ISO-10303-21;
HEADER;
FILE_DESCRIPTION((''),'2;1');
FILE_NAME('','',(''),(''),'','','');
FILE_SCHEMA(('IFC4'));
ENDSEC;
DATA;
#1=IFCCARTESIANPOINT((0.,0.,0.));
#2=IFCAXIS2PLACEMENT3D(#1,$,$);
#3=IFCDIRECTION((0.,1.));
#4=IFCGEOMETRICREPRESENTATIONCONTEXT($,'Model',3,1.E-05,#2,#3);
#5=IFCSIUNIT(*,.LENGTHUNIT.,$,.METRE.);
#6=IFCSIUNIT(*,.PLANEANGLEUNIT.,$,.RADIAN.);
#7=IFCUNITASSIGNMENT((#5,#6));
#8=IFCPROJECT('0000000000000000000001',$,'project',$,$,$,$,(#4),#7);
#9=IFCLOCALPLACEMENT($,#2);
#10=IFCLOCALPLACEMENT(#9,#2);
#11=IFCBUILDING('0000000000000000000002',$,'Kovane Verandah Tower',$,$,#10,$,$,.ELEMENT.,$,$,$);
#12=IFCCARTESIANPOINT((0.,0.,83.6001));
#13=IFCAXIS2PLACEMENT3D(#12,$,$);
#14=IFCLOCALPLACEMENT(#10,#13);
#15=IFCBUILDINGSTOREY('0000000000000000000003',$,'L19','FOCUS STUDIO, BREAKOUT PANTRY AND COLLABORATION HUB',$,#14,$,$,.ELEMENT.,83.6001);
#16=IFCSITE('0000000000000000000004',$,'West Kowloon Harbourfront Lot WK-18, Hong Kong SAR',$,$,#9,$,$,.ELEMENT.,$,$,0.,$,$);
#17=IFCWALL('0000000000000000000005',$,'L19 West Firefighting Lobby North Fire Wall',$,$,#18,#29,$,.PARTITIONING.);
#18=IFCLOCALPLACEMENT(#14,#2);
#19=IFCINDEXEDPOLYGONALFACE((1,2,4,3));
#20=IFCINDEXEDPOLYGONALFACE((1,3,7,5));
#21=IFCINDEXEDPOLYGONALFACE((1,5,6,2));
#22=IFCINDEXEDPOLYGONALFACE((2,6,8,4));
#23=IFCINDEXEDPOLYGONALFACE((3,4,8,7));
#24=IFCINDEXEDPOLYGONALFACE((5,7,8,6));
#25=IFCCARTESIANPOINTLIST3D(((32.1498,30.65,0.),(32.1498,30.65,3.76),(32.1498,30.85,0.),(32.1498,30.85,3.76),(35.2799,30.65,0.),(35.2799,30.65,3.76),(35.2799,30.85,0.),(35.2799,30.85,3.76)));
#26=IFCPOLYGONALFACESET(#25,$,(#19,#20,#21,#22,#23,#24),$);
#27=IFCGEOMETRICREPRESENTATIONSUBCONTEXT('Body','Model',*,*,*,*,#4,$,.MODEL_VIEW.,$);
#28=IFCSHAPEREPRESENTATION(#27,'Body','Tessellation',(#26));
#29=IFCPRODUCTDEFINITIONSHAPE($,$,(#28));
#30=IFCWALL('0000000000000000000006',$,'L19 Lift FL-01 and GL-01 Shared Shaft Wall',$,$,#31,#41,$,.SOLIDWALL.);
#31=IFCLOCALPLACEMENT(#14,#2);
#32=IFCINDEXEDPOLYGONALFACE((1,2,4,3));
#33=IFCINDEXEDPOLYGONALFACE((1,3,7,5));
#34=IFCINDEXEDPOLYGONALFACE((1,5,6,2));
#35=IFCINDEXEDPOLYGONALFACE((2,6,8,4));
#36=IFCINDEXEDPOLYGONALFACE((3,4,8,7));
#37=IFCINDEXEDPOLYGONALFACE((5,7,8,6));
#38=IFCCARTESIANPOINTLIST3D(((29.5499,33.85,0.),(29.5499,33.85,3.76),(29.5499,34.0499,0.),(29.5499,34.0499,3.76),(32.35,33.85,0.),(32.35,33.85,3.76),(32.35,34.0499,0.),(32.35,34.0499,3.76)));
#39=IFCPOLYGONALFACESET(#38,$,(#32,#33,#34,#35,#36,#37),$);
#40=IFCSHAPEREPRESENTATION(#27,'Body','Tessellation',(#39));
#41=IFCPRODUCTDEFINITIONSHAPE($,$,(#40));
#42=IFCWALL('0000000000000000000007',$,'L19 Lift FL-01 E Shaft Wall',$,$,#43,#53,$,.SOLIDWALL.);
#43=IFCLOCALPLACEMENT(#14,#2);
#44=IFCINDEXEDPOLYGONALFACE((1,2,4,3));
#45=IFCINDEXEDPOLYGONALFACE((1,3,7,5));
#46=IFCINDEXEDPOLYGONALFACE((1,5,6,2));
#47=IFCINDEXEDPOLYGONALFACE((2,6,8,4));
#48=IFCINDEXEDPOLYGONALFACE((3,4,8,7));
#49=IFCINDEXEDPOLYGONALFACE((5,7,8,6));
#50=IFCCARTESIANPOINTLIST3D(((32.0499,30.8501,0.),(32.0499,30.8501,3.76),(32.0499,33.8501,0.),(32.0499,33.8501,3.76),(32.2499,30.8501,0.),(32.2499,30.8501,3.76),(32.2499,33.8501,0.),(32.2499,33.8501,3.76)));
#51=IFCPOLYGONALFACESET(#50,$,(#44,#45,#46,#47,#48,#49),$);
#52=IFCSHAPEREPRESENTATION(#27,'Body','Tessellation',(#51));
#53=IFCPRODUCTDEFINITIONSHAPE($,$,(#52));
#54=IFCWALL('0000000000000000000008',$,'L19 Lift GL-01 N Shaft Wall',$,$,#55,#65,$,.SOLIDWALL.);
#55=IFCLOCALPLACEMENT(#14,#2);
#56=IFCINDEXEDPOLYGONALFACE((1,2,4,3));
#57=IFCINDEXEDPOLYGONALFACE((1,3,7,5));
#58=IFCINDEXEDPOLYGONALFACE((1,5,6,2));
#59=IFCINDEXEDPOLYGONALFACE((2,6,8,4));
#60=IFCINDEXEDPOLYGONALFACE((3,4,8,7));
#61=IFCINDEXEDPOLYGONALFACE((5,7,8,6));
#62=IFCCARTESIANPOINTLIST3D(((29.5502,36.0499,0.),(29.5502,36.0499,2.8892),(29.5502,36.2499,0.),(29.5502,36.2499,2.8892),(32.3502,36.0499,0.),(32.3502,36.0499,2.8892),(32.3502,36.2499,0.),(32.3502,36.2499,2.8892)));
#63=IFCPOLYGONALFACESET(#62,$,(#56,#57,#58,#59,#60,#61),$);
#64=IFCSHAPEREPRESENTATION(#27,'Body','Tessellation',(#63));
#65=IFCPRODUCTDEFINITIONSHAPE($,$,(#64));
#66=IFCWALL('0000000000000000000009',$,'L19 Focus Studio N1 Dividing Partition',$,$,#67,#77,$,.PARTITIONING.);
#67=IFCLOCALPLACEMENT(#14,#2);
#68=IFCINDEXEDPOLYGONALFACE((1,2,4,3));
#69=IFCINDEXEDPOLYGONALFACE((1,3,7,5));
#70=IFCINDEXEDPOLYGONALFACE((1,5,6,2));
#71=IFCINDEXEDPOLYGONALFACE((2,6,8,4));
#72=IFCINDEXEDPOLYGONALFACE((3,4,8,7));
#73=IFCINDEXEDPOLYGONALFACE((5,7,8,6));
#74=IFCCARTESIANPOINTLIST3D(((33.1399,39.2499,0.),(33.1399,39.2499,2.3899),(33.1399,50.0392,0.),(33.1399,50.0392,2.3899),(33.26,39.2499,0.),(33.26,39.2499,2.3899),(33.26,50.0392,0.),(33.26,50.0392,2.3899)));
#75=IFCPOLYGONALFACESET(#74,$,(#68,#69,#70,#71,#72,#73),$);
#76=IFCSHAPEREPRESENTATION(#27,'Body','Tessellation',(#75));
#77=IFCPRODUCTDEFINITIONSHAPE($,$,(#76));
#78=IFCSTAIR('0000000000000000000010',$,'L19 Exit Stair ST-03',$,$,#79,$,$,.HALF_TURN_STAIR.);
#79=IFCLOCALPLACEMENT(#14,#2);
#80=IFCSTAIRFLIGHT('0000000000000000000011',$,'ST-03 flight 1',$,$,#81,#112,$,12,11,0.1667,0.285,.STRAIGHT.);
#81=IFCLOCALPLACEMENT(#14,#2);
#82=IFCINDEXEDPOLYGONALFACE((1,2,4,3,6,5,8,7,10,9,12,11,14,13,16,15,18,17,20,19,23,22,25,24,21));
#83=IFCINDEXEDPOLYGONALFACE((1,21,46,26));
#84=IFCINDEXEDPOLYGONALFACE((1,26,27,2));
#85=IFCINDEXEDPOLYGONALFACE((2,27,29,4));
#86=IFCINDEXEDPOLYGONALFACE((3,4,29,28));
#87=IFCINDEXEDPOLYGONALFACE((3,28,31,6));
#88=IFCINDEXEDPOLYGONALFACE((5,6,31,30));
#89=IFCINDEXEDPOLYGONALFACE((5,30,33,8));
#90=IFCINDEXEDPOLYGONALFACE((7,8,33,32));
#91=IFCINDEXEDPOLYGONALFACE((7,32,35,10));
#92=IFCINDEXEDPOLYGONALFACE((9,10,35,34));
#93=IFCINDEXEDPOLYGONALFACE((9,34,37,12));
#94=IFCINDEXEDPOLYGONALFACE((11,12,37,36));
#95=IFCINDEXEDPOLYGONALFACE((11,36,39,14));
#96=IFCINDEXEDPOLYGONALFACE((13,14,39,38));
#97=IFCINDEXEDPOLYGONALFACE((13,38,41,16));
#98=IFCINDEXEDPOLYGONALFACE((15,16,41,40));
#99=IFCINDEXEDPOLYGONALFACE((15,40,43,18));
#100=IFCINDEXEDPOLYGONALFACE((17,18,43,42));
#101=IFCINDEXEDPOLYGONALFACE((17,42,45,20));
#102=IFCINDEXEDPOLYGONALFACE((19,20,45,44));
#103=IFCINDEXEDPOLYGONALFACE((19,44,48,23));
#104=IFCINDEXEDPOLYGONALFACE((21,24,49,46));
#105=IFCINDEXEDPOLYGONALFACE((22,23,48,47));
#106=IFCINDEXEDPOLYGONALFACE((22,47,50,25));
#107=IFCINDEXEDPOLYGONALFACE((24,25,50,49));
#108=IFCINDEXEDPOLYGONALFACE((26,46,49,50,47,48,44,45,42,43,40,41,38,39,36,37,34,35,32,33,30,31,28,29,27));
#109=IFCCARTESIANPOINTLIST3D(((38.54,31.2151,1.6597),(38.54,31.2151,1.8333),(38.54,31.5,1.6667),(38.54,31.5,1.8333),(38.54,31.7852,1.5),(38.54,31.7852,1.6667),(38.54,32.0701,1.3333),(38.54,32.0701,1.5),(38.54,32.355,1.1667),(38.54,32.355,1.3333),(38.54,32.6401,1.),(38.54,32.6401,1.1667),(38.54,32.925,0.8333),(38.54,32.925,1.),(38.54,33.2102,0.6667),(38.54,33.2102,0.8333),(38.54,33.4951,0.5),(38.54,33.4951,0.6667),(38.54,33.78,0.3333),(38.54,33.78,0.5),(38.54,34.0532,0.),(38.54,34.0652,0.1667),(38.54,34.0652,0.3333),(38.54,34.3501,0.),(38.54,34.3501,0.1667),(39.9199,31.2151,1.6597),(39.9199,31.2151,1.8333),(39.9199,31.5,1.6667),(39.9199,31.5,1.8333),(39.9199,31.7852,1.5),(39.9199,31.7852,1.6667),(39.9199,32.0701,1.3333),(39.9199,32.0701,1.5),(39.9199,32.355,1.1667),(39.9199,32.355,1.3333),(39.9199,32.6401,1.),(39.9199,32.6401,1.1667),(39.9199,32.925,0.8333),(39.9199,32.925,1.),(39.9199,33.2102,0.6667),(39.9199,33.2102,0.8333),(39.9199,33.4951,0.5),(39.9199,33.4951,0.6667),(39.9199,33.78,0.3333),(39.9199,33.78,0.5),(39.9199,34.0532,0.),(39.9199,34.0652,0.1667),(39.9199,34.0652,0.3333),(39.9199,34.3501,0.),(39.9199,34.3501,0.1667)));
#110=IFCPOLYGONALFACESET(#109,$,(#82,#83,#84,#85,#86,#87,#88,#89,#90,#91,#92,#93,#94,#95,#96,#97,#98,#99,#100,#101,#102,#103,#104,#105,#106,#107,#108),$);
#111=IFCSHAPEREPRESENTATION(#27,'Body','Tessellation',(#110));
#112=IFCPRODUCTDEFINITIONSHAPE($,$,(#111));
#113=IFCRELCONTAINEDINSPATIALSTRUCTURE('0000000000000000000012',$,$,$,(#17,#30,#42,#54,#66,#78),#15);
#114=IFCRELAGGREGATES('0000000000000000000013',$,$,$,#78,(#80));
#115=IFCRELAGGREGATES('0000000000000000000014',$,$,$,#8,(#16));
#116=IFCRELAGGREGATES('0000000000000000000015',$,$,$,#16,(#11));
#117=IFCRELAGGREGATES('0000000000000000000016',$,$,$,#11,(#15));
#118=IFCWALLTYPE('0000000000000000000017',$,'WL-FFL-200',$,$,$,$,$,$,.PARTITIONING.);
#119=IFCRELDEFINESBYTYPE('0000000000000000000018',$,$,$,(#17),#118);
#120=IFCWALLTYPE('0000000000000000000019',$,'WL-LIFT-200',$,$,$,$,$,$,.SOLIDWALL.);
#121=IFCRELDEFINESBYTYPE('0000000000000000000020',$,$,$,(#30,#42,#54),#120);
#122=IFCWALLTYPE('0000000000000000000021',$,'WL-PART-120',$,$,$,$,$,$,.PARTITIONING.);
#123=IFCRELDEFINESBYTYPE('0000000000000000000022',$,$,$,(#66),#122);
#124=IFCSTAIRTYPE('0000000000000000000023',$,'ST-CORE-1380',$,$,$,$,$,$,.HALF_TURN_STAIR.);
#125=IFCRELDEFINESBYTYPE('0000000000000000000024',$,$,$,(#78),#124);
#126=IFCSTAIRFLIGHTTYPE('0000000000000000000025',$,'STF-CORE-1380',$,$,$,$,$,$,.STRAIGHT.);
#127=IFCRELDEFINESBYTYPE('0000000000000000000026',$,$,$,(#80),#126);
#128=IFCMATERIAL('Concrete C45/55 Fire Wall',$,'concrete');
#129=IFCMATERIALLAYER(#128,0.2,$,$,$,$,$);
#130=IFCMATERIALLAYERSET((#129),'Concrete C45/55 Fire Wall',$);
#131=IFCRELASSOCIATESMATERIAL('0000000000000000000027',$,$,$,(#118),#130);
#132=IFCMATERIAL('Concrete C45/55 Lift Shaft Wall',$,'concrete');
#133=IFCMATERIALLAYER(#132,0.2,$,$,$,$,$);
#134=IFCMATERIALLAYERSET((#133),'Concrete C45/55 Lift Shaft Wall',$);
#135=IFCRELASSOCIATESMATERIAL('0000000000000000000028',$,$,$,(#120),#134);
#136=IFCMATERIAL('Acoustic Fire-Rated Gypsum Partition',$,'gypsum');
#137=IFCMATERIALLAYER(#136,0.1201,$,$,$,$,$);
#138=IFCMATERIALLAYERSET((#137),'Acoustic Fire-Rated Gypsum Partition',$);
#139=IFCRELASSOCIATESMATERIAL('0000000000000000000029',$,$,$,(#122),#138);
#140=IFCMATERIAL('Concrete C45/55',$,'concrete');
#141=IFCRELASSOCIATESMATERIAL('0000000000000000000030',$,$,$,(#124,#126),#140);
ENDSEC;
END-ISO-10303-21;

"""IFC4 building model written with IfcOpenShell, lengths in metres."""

from ifc_helpers import new_model, si_unit, direction, frame, frame_2d, origin, place, context, subcontext, project, spatial, polyline, rectangle, outline, extrude, material, layer, layer_set, type_object, element, aggregate, save


model = new_model("IFC4")

# Units and contexts
model_context = context("Model", 3, precision=1e-05, world=origin(), true_north=direction((0.0, 1.0)))
body_context = subcontext(model_context, "Body", "Model", "MODEL_VIEW")
ifc_project = project(units=[si_unit("LENGTHUNIT", "METRE"), si_unit("PLANEANGLEUNIT", "RADIAN")], contexts=[model_context])

# Site, building, storey
site_placement = place(None, origin())
site = spatial("IfcSite", under=ifc_project, at=site_placement, Name="West Kowloon Harbourfront Lot WK-18, Hong Kong SAR", CompositionType="ELEMENT", RefElevation=0.0)
building_placement = place(site_placement, origin())
building = spatial("IfcBuilding", under=site, at=building_placement, Name="Kovane Verandah Tower", CompositionType="ELEMENT")
storey_placement = place(building_placement, frame((0.0, 0.0, 83.6001)))
storey = spatial("IfcBuildingStorey", under=building, at=storey_placement, Name="L19", Description="FOCUS STUDIO, BREAKOUT PANTRY AND COLLABORATION HUB", CompositionType="ELEMENT", Elevation=83.6001)

# Wall
ifc_material_1 = material(Name="Concrete C45/55 Fire Wall", Category="concrete")
ifc_layer_1 = layer(ifc_material_1, 0.2)
ifc_layer_set_1 = layer_set([ifc_layer_1], Name="Concrete C45/55 Fire Wall")
wall_type_1 = type_object("IfcWallType", Name="WL-FFL-200", PredefinedType="PARTITIONING", material=ifc_layer_set_1)
wall_1_placement = place(storey_placement, frame((32.1499, 30.75, 0.0), z_axis=(0.0, 0.0, 1.0), x_axis=(1.0, 0.0, 0.0)))
element("IfcWall", 1, at=wall_1_placement, inside=storey, type_object=wall_type_1, Name="L19 West Firefighting Lobby North Fire Wall", PredefinedType="PARTITIONING", context=body_context, shape_type="SweptSolid", body=[
    extrude(rectangle(XDim=3.1301, YDim=0.2, at=frame_2d((1.5649, 0.0))), origin(), (0.0, 0.0, 1.0), 3.76),
])

# Shared definitions
ifc_material_2 = material(Name="Concrete C45/55 Lift Shaft Wall", Category="concrete")
ifc_layer_2 = layer(ifc_material_2, 0.2)
ifc_layer_set_2 = layer_set([ifc_layer_2], Name="Concrete C45/55 Lift Shaft Wall")
wall_type_2 = type_object("IfcWallType", Name="WL-LIFT-200", PredefinedType="SOLIDWALL", material=ifc_layer_set_2)

# Walls
wall_2_placement = place(storey_placement, frame((29.55, 33.95, 0.0), z_axis=(0.0, 0.0, 1.0), x_axis=(1.0, 0.0, 0.0)))
element("IfcWall", 2, at=wall_2_placement, inside=storey, type_object=wall_type_2, Name="L19 Lift FL-01 and GL-01 Shared Shaft Wall", PredefinedType="SOLIDWALL", context=body_context, shape_type="SweptSolid", body=[
    extrude(rectangle(XDim=2.8, YDim=0.2, at=frame_2d((1.3999, 0.0))), origin(), (0.0, 0.0, 1.0), 3.76),
])
wall_3_placement = place(storey_placement, frame((32.1499, 30.8501, 0.0), z_axis=(0.0, 0.0, 1.0), x_axis=(0.0, 1.0, 0.0)))
element("IfcWall", 3, at=wall_3_placement, inside=storey, type_object=wall_type_2, Name="L19 Lift FL-01 E Shaft Wall", PredefinedType="SOLIDWALL", context=body_context, shape_type="SweptSolid", body=[
    extrude(rectangle(XDim=3.0, YDim=0.2, at=frame_2d((1.5, 0.0))), origin(), (0.0, 0.0, 1.0), 3.76),
])
wall_4_placement = place(storey_placement, frame((32.3501, 36.1499, 0.0), z_axis=(0.0, 0.0, 1.0), x_axis=(-1.0, 0.0, 0.0)))
element("IfcWall", 4, at=wall_4_placement, inside=storey, type_object=wall_type_2, Name="L19 Lift GL-01 N Shaft Wall", PredefinedType="SOLIDWALL", context=body_context, shape_type="SweptSolid", body=[
    extrude(rectangle(XDim=2.8, YDim=0.2, at=frame_2d((1.3999, 0.0))), origin(), (0.0, 0.0, 1.0), 2.8892),
])

# Wall
ifc_material_3 = material(Name="Acoustic Fire-Rated Gypsum Partition", Category="gypsum")
ifc_layer_3 = layer(ifc_material_3, 0.1201)
ifc_layer_set_3 = layer_set([ifc_layer_3], Name="Acoustic Fire-Rated Gypsum Partition")
wall_type_3 = type_object("IfcWallType", Name="WL-PART-120", PredefinedType="PARTITIONING", material=ifc_layer_set_3)
wall_5_placement = place(storey_placement, frame((33.2, 39.25, 0.0), z_axis=(0.0, 0.0, 1.0), x_axis=(0.0, 1.0, 0.0)))
element("IfcWall", 5, at=wall_5_placement, inside=storey, type_object=wall_type_3, Name="L19 Focus Studio N1 Dividing Partition", PredefinedType="PARTITIONING", context=body_context, shape_type="SweptSolid", body=[
    extrude(rectangle(XDim=10.7893, YDim=0.1201, at=frame_2d((5.3945, 0.0))), origin(), (0.0, 0.0, 1.0), 2.3899),
])

# Stair, stair flight
ifc_material_4 = material(Name="Concrete C45/55", Category="concrete")
stair_type = type_object("IfcStairType", Name="ST-CORE-1380", PredefinedType="HALF_TURN_STAIR", material=ifc_material_4)
stair_placement = place(storey_placement, origin())
stair = element("IfcStair", 6, at=stair_placement, inside=storey, type_object=stair_type, Name="L19 Exit Stair ST-03", PredefinedType="HALF_TURN_STAIR")
stair_flight_type = type_object("IfcStairFlightType", Name="STF-CORE-1380", PredefinedType="STRAIGHT", material=ifc_material_4)
stair_flight_placement = place(storey_placement, frame((39.23, 34.3501, 0.0), z_axis=(0.0, 0.0, 1.0), x_axis=(0.0, -1.0, 0.0)))
stair_flight = element("IfcStairFlight", 7, at=stair_flight_placement, type_object=stair_flight_type, Name="ST-03 flight 1", NumberOfRisers=12, NumberOfTreads=11, PredefinedType="STRAIGHT", RiserHeight=0.1667, TreadLength=0.285, context=body_context, shape_type="SweptSolid", body=[
    extrude(outline(polyline([(0.0, 0.0), (0.0, 0.1667), (0.2849, 0.1667), (0.2849, 0.3333), (0.5701, 0.3333), (0.5701, 0.5), (0.855, 0.5), (0.855, 0.6667), (1.1399, 0.6667), (1.1399, 0.8333), (1.425, 0.8333), (1.425, 1.0), (1.71, 1.0), (1.71, 1.1667), (1.9951, 1.1667), (1.9951, 1.3333), (2.28, 1.3333), (2.28, 1.5), (2.5649, 1.5), (2.5649, 1.6667), (2.8501, 1.6667), (2.8501, 1.8333), (3.135, 1.8333), (3.135, 2.0), (3.135, 1.6597), (0.2969, 0.0), (0.0, 0.0)])), frame((0.0, 0.6899, 0.0), z_axis=(0.0, -1.0, 0.0), x_axis=(1.0, 0.0, 0.0)), (0.0, 0.0, 1.0), 1.3799),
])
aggregate(stair, [stair_flight])

save(model, "model.ifc")
